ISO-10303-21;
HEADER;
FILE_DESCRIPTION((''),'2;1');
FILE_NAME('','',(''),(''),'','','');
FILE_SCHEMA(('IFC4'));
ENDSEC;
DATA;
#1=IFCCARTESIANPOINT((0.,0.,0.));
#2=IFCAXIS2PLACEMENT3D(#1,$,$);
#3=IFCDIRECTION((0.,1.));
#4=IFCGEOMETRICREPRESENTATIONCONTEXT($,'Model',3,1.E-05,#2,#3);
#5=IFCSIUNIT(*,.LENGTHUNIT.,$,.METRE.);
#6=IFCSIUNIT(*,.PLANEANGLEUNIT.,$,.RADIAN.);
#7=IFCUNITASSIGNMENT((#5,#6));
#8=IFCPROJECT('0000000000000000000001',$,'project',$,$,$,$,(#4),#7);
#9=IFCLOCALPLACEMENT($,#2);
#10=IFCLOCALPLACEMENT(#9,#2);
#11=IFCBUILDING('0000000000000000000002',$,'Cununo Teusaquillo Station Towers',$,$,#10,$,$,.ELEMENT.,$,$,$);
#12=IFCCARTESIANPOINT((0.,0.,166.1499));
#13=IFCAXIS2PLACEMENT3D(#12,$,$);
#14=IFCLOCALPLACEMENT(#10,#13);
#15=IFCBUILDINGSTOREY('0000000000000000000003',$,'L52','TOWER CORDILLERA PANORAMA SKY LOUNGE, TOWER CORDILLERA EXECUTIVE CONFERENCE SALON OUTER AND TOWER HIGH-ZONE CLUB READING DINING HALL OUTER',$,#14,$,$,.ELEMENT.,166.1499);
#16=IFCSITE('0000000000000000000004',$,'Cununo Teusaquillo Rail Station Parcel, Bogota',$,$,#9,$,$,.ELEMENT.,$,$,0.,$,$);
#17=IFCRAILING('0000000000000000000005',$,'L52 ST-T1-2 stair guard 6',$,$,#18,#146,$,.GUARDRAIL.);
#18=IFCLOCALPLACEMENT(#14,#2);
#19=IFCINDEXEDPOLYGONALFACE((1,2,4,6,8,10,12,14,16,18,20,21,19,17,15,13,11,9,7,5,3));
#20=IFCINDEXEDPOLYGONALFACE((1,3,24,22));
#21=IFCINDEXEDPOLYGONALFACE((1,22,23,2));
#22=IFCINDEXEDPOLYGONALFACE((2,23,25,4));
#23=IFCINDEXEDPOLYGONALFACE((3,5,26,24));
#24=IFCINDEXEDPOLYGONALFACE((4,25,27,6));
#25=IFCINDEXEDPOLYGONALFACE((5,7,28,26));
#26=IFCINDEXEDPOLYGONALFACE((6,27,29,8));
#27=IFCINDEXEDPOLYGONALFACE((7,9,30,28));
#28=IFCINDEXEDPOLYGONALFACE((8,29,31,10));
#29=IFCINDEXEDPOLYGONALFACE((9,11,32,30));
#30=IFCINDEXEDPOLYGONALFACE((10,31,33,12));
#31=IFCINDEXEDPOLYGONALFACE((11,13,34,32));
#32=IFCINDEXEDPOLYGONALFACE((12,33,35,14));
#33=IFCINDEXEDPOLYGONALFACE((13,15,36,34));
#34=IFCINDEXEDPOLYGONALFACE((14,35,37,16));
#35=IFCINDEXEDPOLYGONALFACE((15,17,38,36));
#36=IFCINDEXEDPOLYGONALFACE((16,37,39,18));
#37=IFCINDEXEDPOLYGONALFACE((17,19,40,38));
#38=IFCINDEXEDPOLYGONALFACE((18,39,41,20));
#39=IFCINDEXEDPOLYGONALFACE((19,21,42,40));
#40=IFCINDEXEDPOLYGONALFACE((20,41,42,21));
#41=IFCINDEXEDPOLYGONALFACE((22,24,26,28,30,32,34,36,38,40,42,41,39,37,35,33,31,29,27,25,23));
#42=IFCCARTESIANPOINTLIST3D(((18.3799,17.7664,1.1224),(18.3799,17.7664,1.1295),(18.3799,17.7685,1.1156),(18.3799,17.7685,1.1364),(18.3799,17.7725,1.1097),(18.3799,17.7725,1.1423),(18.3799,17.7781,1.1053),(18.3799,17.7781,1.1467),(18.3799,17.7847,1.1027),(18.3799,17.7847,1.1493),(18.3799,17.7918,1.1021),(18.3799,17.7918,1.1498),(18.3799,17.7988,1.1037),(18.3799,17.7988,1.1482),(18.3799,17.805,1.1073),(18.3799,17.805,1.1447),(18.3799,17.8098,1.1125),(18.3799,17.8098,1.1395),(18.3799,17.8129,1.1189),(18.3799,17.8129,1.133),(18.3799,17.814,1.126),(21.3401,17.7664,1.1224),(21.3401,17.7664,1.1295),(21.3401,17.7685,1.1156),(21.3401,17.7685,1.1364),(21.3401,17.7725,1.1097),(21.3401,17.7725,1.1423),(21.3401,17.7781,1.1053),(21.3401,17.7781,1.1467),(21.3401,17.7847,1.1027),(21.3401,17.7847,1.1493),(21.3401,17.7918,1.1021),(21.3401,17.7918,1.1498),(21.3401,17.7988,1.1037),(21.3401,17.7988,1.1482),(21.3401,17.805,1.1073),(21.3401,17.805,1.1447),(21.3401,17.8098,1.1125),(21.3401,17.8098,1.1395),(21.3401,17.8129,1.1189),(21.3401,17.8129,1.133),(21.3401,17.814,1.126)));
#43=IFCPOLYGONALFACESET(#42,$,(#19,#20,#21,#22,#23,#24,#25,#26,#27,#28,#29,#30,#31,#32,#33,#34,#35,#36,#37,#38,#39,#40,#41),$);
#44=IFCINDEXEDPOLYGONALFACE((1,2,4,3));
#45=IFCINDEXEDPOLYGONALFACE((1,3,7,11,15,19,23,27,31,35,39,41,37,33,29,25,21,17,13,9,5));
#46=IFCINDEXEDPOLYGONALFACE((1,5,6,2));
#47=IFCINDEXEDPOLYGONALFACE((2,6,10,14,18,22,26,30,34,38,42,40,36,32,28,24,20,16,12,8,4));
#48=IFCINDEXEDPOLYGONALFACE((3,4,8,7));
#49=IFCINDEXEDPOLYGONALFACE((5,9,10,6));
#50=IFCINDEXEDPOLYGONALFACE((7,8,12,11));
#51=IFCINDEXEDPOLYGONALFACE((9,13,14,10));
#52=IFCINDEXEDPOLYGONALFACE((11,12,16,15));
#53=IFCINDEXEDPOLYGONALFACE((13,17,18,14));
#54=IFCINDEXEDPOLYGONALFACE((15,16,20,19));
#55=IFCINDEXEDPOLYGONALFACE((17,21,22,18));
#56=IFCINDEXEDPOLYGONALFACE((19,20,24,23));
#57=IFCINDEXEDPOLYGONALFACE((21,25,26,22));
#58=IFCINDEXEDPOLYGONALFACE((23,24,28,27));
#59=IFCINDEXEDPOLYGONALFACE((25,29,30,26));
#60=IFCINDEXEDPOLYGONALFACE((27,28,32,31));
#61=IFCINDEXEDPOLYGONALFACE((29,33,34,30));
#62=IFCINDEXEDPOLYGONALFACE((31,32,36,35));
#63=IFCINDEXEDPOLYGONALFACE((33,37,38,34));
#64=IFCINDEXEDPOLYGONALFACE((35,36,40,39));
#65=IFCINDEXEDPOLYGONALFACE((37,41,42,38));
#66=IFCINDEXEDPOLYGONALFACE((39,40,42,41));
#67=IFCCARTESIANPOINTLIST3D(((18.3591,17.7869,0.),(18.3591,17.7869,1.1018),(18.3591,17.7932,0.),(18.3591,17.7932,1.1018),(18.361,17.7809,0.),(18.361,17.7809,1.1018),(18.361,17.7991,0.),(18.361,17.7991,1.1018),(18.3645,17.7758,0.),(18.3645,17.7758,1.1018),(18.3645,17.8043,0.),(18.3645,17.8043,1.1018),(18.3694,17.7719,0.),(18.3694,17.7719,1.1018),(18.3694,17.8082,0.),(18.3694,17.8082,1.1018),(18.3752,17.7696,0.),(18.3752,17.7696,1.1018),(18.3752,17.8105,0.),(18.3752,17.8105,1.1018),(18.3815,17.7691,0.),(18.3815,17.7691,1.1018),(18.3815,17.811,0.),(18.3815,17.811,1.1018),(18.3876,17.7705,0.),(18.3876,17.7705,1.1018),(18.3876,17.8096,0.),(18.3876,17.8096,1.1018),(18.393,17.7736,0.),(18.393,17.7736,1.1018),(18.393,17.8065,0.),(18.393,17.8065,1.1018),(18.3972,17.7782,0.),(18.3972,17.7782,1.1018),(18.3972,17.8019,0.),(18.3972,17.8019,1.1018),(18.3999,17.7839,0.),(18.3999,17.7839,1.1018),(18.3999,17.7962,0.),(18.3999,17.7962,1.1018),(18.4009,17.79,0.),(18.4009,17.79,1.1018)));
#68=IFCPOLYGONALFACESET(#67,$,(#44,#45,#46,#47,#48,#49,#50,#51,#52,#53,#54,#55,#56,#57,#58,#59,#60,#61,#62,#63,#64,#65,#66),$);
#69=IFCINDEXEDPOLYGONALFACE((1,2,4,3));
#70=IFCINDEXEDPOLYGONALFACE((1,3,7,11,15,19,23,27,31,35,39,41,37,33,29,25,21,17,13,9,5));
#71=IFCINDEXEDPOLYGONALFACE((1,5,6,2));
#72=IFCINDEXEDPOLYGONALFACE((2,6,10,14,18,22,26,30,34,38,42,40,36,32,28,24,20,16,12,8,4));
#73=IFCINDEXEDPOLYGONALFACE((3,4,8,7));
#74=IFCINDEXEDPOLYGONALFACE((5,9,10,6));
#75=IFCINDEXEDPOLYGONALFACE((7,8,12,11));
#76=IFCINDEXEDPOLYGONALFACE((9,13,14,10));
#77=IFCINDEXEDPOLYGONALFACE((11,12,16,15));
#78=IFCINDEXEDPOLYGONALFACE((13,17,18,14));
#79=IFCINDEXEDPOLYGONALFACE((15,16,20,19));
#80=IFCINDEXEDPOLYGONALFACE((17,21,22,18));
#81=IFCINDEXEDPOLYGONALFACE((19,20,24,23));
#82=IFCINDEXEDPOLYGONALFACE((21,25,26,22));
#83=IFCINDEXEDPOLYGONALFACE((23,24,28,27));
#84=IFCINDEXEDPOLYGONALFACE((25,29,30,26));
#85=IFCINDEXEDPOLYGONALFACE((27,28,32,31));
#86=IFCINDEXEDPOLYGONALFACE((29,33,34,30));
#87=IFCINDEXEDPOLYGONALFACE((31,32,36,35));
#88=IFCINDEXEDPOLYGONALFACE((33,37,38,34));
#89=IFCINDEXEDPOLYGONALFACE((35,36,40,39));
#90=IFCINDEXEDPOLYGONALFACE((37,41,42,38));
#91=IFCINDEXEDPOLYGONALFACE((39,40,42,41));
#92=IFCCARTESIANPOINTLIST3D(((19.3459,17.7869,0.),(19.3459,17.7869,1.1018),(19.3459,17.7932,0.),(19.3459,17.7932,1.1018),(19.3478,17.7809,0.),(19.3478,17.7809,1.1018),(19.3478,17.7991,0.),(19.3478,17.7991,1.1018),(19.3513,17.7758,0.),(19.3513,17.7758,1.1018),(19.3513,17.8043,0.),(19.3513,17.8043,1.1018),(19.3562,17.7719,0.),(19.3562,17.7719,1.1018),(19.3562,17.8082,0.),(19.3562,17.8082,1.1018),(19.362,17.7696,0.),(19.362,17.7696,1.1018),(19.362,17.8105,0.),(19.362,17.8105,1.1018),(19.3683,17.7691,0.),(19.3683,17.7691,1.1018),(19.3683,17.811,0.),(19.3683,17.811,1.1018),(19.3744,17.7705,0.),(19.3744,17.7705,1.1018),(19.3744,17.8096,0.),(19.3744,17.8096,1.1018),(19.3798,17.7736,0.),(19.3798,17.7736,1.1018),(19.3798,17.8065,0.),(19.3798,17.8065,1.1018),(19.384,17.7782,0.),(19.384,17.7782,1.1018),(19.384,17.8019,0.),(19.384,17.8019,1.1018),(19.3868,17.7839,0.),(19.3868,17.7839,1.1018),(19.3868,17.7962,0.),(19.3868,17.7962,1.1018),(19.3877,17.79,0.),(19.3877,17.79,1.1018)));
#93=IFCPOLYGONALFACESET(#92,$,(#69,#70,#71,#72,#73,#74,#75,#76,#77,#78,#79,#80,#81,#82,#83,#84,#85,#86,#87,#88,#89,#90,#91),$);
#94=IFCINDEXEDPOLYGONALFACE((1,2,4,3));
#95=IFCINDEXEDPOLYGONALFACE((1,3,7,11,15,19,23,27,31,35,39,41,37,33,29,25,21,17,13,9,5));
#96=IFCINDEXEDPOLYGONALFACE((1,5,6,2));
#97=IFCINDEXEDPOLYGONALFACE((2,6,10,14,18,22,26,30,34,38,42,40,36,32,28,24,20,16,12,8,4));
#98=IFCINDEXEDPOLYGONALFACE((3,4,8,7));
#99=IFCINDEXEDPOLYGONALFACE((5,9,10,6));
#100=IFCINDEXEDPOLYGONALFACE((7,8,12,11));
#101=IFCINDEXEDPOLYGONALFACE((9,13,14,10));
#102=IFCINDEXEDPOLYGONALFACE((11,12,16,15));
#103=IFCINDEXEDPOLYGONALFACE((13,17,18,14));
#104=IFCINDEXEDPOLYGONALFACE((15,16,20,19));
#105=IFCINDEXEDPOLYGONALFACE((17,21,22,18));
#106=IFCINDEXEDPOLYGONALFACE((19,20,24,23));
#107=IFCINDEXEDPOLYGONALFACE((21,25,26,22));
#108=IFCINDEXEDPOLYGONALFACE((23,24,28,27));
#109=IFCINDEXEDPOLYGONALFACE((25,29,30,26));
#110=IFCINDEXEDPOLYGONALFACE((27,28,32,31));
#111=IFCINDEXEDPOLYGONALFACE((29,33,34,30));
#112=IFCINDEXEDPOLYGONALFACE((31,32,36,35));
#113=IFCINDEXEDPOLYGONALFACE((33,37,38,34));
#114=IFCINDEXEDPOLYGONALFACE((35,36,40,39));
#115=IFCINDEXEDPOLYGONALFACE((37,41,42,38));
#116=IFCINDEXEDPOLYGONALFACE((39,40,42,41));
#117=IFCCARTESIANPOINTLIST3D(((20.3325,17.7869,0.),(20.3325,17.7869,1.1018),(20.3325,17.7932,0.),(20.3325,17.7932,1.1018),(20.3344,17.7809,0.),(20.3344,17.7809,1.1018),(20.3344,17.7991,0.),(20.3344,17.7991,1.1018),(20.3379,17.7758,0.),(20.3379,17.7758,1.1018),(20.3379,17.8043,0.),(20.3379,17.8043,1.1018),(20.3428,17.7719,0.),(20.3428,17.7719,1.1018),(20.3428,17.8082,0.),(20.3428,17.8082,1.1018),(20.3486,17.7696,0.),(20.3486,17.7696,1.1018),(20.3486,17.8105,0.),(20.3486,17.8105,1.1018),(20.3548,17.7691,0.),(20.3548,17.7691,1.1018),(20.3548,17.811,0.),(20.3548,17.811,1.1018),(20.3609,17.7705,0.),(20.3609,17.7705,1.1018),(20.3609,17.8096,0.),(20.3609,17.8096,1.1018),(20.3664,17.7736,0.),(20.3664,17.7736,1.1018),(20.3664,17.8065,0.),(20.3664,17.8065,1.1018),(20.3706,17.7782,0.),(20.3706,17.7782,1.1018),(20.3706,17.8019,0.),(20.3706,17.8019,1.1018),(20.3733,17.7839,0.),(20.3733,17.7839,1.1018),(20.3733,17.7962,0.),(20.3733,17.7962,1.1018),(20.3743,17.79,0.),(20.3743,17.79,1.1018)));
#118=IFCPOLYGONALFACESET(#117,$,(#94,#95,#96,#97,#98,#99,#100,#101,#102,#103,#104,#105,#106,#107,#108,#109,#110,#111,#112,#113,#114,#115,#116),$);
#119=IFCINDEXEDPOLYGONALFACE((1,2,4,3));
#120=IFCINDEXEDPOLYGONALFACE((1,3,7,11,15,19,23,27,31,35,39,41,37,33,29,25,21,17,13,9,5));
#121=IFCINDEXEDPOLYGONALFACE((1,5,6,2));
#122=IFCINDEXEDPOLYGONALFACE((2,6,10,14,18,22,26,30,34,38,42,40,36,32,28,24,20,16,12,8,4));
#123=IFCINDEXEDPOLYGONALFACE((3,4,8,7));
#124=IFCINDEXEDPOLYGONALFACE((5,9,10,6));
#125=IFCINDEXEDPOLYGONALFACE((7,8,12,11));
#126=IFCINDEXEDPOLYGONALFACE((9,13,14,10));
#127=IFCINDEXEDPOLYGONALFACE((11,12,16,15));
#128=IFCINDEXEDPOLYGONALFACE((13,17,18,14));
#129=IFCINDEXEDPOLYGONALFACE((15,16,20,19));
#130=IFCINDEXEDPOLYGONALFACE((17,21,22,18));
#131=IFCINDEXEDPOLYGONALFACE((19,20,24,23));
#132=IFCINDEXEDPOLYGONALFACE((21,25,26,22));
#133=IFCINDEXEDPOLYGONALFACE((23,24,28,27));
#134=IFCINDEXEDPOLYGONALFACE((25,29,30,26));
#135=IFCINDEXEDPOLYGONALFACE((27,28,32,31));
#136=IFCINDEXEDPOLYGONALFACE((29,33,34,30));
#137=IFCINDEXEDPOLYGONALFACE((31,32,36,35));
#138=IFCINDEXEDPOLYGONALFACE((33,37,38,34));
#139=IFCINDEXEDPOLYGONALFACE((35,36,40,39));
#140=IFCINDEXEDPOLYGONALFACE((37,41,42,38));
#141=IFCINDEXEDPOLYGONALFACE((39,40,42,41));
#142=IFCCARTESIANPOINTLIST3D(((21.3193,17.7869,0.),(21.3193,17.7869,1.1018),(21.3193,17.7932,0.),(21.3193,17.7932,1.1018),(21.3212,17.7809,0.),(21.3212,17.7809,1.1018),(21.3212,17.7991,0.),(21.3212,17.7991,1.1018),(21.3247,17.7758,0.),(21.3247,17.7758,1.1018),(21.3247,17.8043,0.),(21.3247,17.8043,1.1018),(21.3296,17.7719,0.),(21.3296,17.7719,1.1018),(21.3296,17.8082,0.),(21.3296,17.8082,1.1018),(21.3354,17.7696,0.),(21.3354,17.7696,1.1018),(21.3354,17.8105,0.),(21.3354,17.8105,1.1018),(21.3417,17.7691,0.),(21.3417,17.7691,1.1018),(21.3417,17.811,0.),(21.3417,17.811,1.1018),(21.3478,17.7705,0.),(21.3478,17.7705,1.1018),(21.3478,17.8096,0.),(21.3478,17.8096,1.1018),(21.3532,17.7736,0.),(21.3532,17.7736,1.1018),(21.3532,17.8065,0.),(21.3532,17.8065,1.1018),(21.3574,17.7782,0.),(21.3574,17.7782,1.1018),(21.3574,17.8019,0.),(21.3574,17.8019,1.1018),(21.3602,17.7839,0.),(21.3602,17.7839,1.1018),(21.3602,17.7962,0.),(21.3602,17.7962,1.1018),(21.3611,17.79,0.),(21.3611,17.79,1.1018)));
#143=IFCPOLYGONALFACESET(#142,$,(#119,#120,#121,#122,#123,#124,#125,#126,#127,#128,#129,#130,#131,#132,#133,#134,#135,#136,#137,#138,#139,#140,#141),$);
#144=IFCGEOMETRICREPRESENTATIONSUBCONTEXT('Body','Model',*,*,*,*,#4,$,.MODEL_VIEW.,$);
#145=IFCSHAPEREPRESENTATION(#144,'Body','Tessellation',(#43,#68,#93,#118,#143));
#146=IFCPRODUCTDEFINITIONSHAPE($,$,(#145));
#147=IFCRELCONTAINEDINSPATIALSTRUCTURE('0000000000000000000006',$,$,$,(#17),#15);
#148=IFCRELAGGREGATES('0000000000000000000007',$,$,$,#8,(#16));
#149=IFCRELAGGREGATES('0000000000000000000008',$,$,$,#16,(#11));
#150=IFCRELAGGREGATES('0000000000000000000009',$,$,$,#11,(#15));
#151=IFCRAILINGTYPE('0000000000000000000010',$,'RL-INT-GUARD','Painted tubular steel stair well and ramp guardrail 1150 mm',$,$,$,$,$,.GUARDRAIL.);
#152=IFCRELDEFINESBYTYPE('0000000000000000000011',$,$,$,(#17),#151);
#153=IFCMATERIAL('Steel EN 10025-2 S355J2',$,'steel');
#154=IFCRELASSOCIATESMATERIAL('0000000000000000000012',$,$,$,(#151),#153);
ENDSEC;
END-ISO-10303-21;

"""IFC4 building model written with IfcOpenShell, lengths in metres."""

from ifc_helpers import new_model, si_unit, direction, frame, origin, origin_2d, place, context, subcontext, project, spatial, circle, extrude, material, type_object, element, save


model = new_model("IFC4")

# Units and contexts
model_context = context("Model", 3, precision=1e-05, world=origin(), true_north=direction((0.0, 1.0)))
body_context = subcontext(model_context, "Body", "Model", "MODEL_VIEW")
ifc_project = project(units=[si_unit("LENGTHUNIT", "METRE"), si_unit("PLANEANGLEUNIT", "RADIAN")], contexts=[model_context])

# Site, building, storey
site_placement = place(None, origin())
site = spatial("IfcSite", under=ifc_project, at=site_placement, Name="Cununo Teusaquillo Rail Station Parcel, Bogota", CompositionType="ELEMENT", RefElevation=0.0)
building_placement = place(site_placement, origin())
building = spatial("IfcBuilding", under=site, at=building_placement, Name="Cununo Teusaquillo Station Towers", CompositionType="ELEMENT")
storey_placement = place(building_placement, frame((0.0, 0.0, 166.1499)))
storey = spatial("IfcBuildingStorey", under=building, at=storey_placement, Name="L52", Description="TOWER CORDILLERA PANORAMA SKY LOUNGE, TOWER CORDILLERA EXECUTIVE CONFERENCE SALON OUTER AND TOWER HIGH-ZONE CLUB READING DINING HALL OUTER", CompositionType="ELEMENT", Elevation=166.1499)

# Railing
ifc_material_1 = material(Name="Steel EN 10025-2 S355J2", Category="steel")
railing_type_1 = type_object("IfcRailingType", Name="RL-INT-GUARD", Description="Painted tubular steel stair well and ramp guardrail 1150 mm", PredefinedType="GUARDRAIL", material=ifc_material_1)
railing_1_placement = place(storey_placement, frame((18.3799, 17.79, 0.0)))
element("IfcRailing", 1, at=railing_1_placement, inside=storey, type_object=railing_type_1, Name="L52 ST-T1-2 stair guard 6", PredefinedType="GUARDRAIL", context=body_context, shape_type="SweptSolid", body=[
    extrude(circle(Radius=0.0239, at=origin_2d()), frame((0.0, 0.0, 1.126), z_axis=(1.0, 0.0, 0.0), x_axis=(0.0, 1.0, 0.0)), (0.0, 0.0, 1.0), 2.9602),
    extrude(circle(Radius=0.021, at=origin_2d()), origin(), (0.0, 0.0, 1.0), 1.1018),
    extrude(circle(Radius=0.021, at=origin_2d()), frame((0.9868, 0.0, 0.0)), (0.0, 0.0, 1.0), 1.1018),
    extrude(circle(Radius=0.021, at=origin_2d()), frame((1.9734, 0.0, 0.0)), (0.0, 0.0, 1.0), 1.1018),
    extrude(circle(Radius=0.021, at=origin_2d()), frame((2.9602, 0.0, 0.0)), (0.0, 0.0, 1.0), 1.1018),
])

save(model, "model.ifc")
